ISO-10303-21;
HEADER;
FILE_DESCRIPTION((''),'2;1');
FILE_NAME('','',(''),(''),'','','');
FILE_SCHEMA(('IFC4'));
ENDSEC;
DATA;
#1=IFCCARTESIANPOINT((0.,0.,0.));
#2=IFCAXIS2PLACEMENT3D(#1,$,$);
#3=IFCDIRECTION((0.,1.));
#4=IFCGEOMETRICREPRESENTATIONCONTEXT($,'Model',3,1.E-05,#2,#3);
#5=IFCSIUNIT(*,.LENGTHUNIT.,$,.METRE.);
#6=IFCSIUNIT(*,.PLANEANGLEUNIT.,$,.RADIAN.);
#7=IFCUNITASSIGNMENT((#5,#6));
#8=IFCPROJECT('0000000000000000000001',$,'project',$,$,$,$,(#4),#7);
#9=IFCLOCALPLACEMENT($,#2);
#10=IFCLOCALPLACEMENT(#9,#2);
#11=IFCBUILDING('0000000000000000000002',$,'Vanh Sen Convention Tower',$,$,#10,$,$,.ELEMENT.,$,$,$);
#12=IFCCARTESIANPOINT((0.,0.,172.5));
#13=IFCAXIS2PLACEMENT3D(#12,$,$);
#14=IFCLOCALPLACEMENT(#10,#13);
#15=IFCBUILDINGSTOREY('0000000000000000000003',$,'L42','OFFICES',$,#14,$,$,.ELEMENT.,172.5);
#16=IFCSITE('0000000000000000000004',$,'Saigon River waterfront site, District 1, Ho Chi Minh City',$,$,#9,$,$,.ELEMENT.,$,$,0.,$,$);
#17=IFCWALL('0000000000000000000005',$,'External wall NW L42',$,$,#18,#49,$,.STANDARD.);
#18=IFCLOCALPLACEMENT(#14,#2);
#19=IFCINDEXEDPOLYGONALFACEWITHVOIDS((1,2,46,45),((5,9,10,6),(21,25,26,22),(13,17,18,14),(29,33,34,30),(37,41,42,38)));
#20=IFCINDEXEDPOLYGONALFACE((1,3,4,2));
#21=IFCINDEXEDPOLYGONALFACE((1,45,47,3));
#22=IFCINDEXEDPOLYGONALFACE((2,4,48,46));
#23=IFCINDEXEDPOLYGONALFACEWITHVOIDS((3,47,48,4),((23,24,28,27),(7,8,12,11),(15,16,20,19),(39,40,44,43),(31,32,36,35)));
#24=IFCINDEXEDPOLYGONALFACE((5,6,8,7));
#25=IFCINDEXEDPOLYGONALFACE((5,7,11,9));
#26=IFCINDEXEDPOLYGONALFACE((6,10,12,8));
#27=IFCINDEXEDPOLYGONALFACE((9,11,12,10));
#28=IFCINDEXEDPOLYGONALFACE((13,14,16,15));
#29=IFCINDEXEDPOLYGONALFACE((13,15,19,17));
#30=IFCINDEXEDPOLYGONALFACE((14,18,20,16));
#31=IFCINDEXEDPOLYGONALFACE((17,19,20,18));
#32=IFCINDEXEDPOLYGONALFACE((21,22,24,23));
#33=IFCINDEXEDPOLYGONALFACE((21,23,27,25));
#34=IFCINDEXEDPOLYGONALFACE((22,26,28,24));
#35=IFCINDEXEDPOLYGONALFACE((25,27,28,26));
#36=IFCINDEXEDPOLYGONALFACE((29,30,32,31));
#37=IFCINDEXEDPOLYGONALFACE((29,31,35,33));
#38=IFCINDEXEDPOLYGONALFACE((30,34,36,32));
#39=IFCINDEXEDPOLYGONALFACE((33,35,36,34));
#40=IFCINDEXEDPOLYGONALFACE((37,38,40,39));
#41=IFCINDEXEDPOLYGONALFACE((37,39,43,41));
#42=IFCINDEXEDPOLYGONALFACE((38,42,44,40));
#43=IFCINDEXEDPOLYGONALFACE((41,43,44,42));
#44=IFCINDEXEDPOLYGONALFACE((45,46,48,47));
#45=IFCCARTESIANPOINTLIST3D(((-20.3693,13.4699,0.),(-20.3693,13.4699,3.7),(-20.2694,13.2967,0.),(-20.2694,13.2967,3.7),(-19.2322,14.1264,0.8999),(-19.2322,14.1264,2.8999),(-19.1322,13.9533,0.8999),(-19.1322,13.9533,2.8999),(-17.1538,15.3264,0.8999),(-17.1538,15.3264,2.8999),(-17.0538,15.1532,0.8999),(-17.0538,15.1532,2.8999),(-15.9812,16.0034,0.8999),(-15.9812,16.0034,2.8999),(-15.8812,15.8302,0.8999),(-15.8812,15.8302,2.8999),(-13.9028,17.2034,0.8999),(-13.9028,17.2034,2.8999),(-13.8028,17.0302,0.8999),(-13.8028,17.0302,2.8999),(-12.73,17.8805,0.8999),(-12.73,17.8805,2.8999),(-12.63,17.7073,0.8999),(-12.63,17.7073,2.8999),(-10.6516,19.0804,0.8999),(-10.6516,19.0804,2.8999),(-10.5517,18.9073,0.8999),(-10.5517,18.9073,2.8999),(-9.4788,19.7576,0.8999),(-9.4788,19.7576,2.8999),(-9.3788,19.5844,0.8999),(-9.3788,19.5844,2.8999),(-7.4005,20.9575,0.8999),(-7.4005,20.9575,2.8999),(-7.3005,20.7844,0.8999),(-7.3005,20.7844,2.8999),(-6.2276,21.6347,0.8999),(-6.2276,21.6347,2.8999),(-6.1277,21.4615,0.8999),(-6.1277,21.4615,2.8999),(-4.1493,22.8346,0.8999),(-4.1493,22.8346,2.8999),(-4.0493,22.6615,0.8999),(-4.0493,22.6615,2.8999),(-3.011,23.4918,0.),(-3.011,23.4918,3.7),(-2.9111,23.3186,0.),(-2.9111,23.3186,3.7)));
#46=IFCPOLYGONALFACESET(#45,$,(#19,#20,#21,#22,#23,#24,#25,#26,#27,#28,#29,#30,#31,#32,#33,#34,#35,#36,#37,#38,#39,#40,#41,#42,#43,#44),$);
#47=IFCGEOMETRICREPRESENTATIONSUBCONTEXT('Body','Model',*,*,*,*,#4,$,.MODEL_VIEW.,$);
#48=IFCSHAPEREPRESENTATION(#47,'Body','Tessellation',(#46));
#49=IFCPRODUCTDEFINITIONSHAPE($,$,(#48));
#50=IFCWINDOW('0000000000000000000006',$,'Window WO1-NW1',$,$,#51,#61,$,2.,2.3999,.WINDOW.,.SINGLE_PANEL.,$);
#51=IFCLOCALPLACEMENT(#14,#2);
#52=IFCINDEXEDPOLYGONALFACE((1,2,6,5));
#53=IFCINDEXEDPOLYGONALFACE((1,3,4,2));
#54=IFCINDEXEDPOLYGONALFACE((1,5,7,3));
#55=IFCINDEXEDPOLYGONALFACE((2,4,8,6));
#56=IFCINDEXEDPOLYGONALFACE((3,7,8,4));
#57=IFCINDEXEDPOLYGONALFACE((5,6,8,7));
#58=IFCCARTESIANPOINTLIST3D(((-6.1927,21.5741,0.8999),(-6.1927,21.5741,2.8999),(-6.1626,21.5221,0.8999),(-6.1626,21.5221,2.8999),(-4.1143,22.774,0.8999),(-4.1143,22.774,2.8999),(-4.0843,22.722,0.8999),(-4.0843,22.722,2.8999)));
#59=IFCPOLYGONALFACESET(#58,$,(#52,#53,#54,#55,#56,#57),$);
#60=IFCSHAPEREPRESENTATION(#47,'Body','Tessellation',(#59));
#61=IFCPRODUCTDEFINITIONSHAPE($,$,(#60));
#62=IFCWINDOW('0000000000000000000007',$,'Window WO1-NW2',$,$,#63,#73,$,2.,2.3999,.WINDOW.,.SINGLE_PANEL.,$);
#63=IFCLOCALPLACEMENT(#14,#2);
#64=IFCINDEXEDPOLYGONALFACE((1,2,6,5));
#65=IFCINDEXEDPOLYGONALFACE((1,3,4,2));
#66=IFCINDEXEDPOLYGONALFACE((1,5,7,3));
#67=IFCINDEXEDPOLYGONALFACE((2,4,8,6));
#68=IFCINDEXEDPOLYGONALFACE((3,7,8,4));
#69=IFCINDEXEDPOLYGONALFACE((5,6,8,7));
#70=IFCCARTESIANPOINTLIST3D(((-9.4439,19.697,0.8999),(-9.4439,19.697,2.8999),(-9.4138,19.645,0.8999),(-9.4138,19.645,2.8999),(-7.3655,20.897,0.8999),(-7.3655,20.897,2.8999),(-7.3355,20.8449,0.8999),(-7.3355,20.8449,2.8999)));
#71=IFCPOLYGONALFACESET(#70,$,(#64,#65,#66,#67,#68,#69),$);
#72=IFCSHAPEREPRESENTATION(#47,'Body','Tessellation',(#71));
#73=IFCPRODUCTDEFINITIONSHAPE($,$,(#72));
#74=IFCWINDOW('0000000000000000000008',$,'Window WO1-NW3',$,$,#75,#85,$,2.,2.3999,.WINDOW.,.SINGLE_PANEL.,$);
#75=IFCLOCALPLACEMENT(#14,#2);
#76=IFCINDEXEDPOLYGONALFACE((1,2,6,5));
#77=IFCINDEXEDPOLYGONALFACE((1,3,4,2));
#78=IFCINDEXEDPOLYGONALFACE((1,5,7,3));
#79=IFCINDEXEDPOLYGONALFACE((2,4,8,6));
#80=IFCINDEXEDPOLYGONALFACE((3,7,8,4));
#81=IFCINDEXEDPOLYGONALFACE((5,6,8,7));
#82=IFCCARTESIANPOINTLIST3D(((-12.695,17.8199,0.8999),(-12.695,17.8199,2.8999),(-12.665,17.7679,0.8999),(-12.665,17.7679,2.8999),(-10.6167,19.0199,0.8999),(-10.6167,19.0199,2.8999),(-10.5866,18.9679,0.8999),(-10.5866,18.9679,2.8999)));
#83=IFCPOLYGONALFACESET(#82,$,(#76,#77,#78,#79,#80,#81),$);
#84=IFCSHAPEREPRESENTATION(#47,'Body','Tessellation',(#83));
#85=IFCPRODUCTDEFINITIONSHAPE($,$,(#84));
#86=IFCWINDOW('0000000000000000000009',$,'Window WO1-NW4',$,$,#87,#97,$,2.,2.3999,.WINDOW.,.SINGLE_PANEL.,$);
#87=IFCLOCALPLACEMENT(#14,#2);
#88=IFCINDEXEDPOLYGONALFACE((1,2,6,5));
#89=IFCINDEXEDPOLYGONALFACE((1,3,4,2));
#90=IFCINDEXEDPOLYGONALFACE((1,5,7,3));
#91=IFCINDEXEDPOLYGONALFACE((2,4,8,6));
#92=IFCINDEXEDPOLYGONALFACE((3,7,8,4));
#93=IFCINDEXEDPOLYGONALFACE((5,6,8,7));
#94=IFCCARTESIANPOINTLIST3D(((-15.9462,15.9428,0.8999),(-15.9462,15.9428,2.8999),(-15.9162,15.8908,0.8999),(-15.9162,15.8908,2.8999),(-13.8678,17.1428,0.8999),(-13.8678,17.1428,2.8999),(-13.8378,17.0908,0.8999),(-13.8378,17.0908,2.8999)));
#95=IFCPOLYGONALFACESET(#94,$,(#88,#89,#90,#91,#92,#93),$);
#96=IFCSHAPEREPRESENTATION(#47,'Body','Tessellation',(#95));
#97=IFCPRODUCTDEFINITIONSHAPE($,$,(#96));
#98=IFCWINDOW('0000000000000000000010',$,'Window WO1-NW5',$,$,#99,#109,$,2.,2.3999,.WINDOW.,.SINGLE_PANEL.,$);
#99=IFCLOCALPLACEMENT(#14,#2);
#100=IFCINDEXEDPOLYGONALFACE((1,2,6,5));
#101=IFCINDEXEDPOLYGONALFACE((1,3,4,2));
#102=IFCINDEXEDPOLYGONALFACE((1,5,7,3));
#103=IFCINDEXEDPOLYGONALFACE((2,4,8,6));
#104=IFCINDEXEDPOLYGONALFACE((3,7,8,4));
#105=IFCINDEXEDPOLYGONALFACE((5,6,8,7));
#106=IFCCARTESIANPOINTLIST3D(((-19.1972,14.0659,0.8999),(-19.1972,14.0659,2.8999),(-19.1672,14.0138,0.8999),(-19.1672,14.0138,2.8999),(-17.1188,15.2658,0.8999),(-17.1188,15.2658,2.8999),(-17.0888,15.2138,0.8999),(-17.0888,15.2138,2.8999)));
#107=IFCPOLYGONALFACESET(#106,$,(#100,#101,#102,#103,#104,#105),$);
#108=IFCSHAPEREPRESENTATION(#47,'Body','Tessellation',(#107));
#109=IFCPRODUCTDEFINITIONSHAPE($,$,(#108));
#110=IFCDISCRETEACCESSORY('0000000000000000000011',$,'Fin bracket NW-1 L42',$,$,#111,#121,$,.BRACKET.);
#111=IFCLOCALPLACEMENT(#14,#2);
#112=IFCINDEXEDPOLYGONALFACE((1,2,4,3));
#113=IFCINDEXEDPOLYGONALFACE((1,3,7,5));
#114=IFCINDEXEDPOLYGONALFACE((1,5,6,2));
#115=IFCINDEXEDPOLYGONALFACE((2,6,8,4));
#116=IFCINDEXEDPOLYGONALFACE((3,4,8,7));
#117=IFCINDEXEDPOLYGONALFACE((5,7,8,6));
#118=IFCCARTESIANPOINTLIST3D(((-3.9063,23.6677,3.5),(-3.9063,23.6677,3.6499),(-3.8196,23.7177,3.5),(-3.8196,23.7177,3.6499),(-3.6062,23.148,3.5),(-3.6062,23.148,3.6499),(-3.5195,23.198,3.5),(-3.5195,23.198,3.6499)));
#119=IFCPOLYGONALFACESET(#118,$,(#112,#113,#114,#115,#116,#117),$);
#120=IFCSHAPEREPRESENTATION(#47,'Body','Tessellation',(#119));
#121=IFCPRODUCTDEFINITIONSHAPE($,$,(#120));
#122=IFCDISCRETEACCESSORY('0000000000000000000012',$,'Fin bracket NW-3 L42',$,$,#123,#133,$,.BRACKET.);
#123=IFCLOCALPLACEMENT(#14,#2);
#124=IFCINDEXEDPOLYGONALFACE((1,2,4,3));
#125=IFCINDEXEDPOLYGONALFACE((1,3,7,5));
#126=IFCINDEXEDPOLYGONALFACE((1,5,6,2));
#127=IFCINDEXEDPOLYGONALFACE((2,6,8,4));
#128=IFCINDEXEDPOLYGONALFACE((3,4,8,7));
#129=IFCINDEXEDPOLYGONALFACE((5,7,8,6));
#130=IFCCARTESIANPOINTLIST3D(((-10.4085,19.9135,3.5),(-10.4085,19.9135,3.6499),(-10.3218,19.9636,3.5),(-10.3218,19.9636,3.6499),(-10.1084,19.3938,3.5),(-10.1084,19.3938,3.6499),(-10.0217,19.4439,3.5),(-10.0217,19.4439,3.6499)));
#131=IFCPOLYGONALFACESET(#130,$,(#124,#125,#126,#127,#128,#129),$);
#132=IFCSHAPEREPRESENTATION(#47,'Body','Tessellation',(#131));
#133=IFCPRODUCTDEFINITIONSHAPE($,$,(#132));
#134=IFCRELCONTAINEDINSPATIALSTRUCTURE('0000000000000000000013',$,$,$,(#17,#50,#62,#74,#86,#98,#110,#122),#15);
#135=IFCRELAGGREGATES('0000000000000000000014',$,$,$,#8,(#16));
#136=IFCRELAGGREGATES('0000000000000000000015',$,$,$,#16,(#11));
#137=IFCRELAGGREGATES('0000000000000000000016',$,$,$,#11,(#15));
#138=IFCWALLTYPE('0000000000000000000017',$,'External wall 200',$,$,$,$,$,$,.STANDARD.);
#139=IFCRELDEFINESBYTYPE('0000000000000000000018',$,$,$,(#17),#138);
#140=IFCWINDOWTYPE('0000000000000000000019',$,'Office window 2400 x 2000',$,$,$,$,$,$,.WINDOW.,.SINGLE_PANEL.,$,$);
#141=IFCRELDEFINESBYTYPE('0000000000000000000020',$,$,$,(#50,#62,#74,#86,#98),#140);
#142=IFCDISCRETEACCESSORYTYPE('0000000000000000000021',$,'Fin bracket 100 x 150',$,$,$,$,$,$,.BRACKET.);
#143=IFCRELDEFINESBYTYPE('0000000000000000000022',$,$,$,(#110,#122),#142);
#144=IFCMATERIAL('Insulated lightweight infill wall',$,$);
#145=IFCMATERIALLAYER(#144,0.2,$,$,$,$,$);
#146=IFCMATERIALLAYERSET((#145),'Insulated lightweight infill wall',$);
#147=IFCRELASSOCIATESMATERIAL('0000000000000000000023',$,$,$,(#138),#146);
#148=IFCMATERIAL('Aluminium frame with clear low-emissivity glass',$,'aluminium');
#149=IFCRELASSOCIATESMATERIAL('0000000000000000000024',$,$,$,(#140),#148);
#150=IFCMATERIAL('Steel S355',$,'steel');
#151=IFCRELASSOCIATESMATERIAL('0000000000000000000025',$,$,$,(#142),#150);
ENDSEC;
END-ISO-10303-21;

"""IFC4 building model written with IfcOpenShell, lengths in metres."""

from ifc_helpers import new_model, si_unit, direction, frame, frame_2d, origin, origin_2d, place, context, subcontext, project, spatial, rectangle, extrude, material, layer, layer_set, type_object, element, fill, save


model = new_model("IFC4")

# Units and contexts
model_context = context("Model", 3, precision=1e-05, world=origin(), true_north=direction((0.0, 1.0)))
body_context = subcontext(model_context, "Body", "Model", "MODEL_VIEW")
ifc_project = project(units=[si_unit("LENGTHUNIT", "METRE"), si_unit("PLANEANGLEUNIT", "RADIAN")], contexts=[model_context])

# Site, building, storey
site_placement = place(None, origin())
site = spatial("IfcSite", under=ifc_project, at=site_placement, Name="Saigon River waterfront site, District 1, Ho Chi Minh City", CompositionType="ELEMENT", RefElevation=0.0)
building_placement = place(site_placement, origin())
building = spatial("IfcBuilding", under=site, at=building_placement, Name="Vanh Sen Convention Tower", CompositionType="ELEMENT")
storey_placement = place(building_placement, frame((0.0, 0.0, 172.5)))
storey = spatial("IfcBuildingStorey", under=building, at=storey_placement, Name="L42", Description="OFFICES", CompositionType="ELEMENT", Elevation=172.5)

# Wall, openings, windows
ifc_material_1 = material(Name="Insulated lightweight infill wall")
ifc_layer_1 = layer(ifc_material_1, 0.2)
ifc_layer_set_1 = layer_set([ifc_layer_1], Name="Insulated lightweight infill wall")
wall_type_1 = type_object("IfcWallType", Name="External wall 200", PredefinedType="STANDARD", material=ifc_layer_set_1)
wall_1_placement = place(storey_placement, frame((-2.9609, 23.4053, 0.0), z_axis=(0.0, 0.0, 1.0), x_axis=(-0.866023, -0.500004, 0.0)))
wall_1 = element("IfcWall", 1, at=wall_1_placement, inside=storey, type_object=wall_type_1, Name="External wall NW L42", PredefinedType="STANDARD", context=body_context, shape_type="SweptSolid", body=[
    extrude(rectangle(XDim=20.0437, YDim=0.2, at=frame_2d((10.022, 0.0))), origin(), (0.0, 0.0, 1.0), 3.7),
])
opening_1_placement = place(wall_1_placement, frame((1.3145, 0.0, 0.8999)))
opening_1 = element("IfcOpeningElement", 2, at=opening_1_placement, cuts=wall_1, PredefinedType="OPENING", context=body_context, shape_type="SweptSolid", body=[
    extrude(rectangle(XDim=2.3999, YDim=2.0, at=frame_2d((1.2, 1.0))), frame((0.0, 0.1099, 0.0), z_axis=(0.0, -1.0, 0.0), x_axis=(1.0, 0.0, 0.0)), (0.0, 0.0, 1.0), 0.22),
])
opening_2_placement = place(wall_1_placement, frame((5.0686, 0.0, 0.8999)))
opening_2 = element("IfcOpeningElement", 3, at=opening_2_placement, cuts=wall_1, PredefinedType="OPENING", context=body_context, shape_type="SweptSolid", body=[
    extrude(rectangle(XDim=2.3999, YDim=2.0, at=frame_2d((1.2, 1.0))), frame((0.0, 0.1099, 0.0), z_axis=(0.0, -1.0, 0.0), x_axis=(1.0, 0.0, 0.0)), (0.0, 0.0, 1.0), 0.22),
])
opening_3_placement = place(wall_1_placement, frame((8.8228, 0.0, 0.8999)))
opening_3 = element("IfcOpeningElement", 4, at=opening_3_placement, cuts=wall_1, PredefinedType="OPENING", context=body_context, shape_type="SweptSolid", body=[
    extrude(rectangle(XDim=2.3999, YDim=2.0, at=frame_2d((1.2, 1.0))), frame((0.0, 0.1099, 0.0), z_axis=(0.0, -1.0, 0.0), x_axis=(1.0, 0.0, 0.0)), (0.0, 0.0, 1.0), 0.22),
])
opening_4_placement = place(wall_1_placement, frame((12.5769, 0.0, 0.8999)))
opening_4 = element("IfcOpeningElement", 5, at=opening_4_placement, cuts=wall_1, PredefinedType="OPENING", context=body_context, shape_type="SweptSolid", body=[
    extrude(rectangle(XDim=2.3999, YDim=2.0, at=frame_2d((1.2, 1.0))), frame((0.0, 0.1099, 0.0), z_axis=(0.0, -1.0, 0.0), x_axis=(1.0, 0.0, 0.0)), (0.0, 0.0, 1.0), 0.22),
])
opening_5_placement = place(wall_1_placement, frame((16.3308, 0.0, 0.8999)))
opening_5 = element("IfcOpeningElement", 6, at=opening_5_placement, cuts=wall_1, PredefinedType="OPENING", context=body_context, shape_type="SweptSolid", body=[
    extrude(rectangle(XDim=2.3999, YDim=2.0, at=frame_2d((1.2, 1.0))), frame((0.0, 0.1099, 0.0), z_axis=(0.0, -1.0, 0.0), x_axis=(1.0, 0.0, 0.0)), (0.0, 0.0, 1.0), 0.22),
])
ifc_material_2 = material(Name="Aluminium frame with clear low-emissivity glass", Category="aluminium")
window_type = type_object("IfcWindowType", Name="Office window 2400 x 2000", PartitioningType="SINGLE_PANEL", PredefinedType="WINDOW", material=ifc_material_2)
window_1_placement = place(opening_1_placement, origin())
window_1 = element("IfcWindow", 7, at=window_1_placement, inside=storey, type_object=window_type, Name="Window WO1-NW1", OverallHeight=2.0, OverallWidth=2.3999, PartitioningType="SINGLE_PANEL", PredefinedType="WINDOW", context=body_context, shape_type="SweptSolid", body=[
    extrude(rectangle(XDim=2.3999, YDim=2.0, at=frame_2d((1.2, 1.0))), frame((0.0, 0.03, 0.0), z_axis=(0.0, -1.0, 0.0), x_axis=(1.0, 0.0, 0.0)), (0.0, 0.0, 1.0), 0.0601),
])
fill(opening_1, window_1)
window_2_placement = place(opening_2_placement, origin())
window_2 = element("IfcWindow", 8, at=window_2_placement, inside=storey, type_object=window_type, Name="Window WO1-NW2", OverallHeight=2.0, OverallWidth=2.3999, PartitioningType="SINGLE_PANEL", PredefinedType="WINDOW", context=body_context, shape_type="SweptSolid", body=[
    extrude(rectangle(XDim=2.3999, YDim=2.0, at=frame_2d((1.2, 1.0))), frame((0.0, 0.03, 0.0), z_axis=(0.0, -1.0, 0.0), x_axis=(1.0, 0.0, 0.0)), (0.0, 0.0, 1.0), 0.0601),
])
fill(opening_2, window_2)
window_3_placement = place(opening_3_placement, origin())
window_3 = element("IfcWindow", 9, at=window_3_placement, inside=storey, type_object=window_type, Name="Window WO1-NW3", OverallHeight=2.0, OverallWidth=2.3999, PartitioningType="SINGLE_PANEL", PredefinedType="WINDOW", context=body_context, shape_type="SweptSolid", body=[
    extrude(rectangle(XDim=2.3999, YDim=2.0, at=frame_2d((1.2, 1.0))), frame((0.0, 0.03, 0.0), z_axis=(0.0, -1.0, 0.0), x_axis=(1.0, 0.0, 0.0)), (0.0, 0.0, 1.0), 0.0601),
])
fill(opening_3, window_3)
window_4_placement = place(opening_4_placement, origin())
window_4 = element("IfcWindow", 10, at=window_4_placement, inside=storey, type_object=window_type, Name="Window WO1-NW4", OverallHeight=2.0, OverallWidth=2.3999, PartitioningType="SINGLE_PANEL", PredefinedType="WINDOW", context=body_context, shape_type="SweptSolid", body=[
    extrude(rectangle(XDim=2.3999, YDim=2.0, at=frame_2d((1.2, 1.0))), frame((0.0, 0.03, 0.0), z_axis=(0.0, -1.0, 0.0), x_axis=(1.0, 0.0, 0.0)), (0.0, 0.0, 1.0), 0.0601),
])
fill(opening_4, window_4)
window_5_placement = place(opening_5_placement, origin())
window_5 = element("IfcWindow", 11, at=window_5_placement, inside=storey, type_object=window_type, Name="Window WO1-NW5", OverallHeight=2.0, OverallWidth=2.3999, PartitioningType="SINGLE_PANEL", PredefinedType="WINDOW", context=body_context, shape_type="SweptSolid", body=[
    extrude(rectangle(XDim=2.3999, YDim=2.0, at=frame_2d((1.2, 1.0))), frame((0.0, 0.03, 0.0), z_axis=(0.0, -1.0, 0.0), x_axis=(1.0, 0.0, 0.0)), (0.0, 0.0, 1.0), 0.0601),
])
fill(opening_5, window_5)

# Discrete accessories
ifc_material_3 = material(Name="Steel S355", Category="steel")
discrete_accessory_type = type_object("IfcDiscreteAccessoryType", Name="Fin bracket 100 x 150", PredefinedType="BRACKET", material=ifc_material_3)
for number, where, z_axis, x_axis, name in (
    (12, (-3.7129, 23.4329, 3.5), (0.0, 0.0, 1.0), (-0.5, 0.866025, 0.0), "Fin bracket NW-1 L42"),
    (13, (-10.2151, 19.6787, 3.5), (0.0, 0.0, 1.0), (-0.5, 0.866025, 0.0), "Fin bracket NW-3 L42"),
):
    element("IfcDiscreteAccessory", number, at=place(storey_placement, frame(where, z_axis=z_axis, x_axis=x_axis)), inside=storey, type_object=discrete_accessory_type, Name=name, PredefinedType="BRACKET", context=body_context, shape_type="SweptSolid", body=[
        extrude(rectangle(XDim=0.6001, YDim=0.1001, at=origin_2d()), origin(), (0.0, 0.0, 1.0), 0.1499),
    ])

save(model, "model.ifc")
